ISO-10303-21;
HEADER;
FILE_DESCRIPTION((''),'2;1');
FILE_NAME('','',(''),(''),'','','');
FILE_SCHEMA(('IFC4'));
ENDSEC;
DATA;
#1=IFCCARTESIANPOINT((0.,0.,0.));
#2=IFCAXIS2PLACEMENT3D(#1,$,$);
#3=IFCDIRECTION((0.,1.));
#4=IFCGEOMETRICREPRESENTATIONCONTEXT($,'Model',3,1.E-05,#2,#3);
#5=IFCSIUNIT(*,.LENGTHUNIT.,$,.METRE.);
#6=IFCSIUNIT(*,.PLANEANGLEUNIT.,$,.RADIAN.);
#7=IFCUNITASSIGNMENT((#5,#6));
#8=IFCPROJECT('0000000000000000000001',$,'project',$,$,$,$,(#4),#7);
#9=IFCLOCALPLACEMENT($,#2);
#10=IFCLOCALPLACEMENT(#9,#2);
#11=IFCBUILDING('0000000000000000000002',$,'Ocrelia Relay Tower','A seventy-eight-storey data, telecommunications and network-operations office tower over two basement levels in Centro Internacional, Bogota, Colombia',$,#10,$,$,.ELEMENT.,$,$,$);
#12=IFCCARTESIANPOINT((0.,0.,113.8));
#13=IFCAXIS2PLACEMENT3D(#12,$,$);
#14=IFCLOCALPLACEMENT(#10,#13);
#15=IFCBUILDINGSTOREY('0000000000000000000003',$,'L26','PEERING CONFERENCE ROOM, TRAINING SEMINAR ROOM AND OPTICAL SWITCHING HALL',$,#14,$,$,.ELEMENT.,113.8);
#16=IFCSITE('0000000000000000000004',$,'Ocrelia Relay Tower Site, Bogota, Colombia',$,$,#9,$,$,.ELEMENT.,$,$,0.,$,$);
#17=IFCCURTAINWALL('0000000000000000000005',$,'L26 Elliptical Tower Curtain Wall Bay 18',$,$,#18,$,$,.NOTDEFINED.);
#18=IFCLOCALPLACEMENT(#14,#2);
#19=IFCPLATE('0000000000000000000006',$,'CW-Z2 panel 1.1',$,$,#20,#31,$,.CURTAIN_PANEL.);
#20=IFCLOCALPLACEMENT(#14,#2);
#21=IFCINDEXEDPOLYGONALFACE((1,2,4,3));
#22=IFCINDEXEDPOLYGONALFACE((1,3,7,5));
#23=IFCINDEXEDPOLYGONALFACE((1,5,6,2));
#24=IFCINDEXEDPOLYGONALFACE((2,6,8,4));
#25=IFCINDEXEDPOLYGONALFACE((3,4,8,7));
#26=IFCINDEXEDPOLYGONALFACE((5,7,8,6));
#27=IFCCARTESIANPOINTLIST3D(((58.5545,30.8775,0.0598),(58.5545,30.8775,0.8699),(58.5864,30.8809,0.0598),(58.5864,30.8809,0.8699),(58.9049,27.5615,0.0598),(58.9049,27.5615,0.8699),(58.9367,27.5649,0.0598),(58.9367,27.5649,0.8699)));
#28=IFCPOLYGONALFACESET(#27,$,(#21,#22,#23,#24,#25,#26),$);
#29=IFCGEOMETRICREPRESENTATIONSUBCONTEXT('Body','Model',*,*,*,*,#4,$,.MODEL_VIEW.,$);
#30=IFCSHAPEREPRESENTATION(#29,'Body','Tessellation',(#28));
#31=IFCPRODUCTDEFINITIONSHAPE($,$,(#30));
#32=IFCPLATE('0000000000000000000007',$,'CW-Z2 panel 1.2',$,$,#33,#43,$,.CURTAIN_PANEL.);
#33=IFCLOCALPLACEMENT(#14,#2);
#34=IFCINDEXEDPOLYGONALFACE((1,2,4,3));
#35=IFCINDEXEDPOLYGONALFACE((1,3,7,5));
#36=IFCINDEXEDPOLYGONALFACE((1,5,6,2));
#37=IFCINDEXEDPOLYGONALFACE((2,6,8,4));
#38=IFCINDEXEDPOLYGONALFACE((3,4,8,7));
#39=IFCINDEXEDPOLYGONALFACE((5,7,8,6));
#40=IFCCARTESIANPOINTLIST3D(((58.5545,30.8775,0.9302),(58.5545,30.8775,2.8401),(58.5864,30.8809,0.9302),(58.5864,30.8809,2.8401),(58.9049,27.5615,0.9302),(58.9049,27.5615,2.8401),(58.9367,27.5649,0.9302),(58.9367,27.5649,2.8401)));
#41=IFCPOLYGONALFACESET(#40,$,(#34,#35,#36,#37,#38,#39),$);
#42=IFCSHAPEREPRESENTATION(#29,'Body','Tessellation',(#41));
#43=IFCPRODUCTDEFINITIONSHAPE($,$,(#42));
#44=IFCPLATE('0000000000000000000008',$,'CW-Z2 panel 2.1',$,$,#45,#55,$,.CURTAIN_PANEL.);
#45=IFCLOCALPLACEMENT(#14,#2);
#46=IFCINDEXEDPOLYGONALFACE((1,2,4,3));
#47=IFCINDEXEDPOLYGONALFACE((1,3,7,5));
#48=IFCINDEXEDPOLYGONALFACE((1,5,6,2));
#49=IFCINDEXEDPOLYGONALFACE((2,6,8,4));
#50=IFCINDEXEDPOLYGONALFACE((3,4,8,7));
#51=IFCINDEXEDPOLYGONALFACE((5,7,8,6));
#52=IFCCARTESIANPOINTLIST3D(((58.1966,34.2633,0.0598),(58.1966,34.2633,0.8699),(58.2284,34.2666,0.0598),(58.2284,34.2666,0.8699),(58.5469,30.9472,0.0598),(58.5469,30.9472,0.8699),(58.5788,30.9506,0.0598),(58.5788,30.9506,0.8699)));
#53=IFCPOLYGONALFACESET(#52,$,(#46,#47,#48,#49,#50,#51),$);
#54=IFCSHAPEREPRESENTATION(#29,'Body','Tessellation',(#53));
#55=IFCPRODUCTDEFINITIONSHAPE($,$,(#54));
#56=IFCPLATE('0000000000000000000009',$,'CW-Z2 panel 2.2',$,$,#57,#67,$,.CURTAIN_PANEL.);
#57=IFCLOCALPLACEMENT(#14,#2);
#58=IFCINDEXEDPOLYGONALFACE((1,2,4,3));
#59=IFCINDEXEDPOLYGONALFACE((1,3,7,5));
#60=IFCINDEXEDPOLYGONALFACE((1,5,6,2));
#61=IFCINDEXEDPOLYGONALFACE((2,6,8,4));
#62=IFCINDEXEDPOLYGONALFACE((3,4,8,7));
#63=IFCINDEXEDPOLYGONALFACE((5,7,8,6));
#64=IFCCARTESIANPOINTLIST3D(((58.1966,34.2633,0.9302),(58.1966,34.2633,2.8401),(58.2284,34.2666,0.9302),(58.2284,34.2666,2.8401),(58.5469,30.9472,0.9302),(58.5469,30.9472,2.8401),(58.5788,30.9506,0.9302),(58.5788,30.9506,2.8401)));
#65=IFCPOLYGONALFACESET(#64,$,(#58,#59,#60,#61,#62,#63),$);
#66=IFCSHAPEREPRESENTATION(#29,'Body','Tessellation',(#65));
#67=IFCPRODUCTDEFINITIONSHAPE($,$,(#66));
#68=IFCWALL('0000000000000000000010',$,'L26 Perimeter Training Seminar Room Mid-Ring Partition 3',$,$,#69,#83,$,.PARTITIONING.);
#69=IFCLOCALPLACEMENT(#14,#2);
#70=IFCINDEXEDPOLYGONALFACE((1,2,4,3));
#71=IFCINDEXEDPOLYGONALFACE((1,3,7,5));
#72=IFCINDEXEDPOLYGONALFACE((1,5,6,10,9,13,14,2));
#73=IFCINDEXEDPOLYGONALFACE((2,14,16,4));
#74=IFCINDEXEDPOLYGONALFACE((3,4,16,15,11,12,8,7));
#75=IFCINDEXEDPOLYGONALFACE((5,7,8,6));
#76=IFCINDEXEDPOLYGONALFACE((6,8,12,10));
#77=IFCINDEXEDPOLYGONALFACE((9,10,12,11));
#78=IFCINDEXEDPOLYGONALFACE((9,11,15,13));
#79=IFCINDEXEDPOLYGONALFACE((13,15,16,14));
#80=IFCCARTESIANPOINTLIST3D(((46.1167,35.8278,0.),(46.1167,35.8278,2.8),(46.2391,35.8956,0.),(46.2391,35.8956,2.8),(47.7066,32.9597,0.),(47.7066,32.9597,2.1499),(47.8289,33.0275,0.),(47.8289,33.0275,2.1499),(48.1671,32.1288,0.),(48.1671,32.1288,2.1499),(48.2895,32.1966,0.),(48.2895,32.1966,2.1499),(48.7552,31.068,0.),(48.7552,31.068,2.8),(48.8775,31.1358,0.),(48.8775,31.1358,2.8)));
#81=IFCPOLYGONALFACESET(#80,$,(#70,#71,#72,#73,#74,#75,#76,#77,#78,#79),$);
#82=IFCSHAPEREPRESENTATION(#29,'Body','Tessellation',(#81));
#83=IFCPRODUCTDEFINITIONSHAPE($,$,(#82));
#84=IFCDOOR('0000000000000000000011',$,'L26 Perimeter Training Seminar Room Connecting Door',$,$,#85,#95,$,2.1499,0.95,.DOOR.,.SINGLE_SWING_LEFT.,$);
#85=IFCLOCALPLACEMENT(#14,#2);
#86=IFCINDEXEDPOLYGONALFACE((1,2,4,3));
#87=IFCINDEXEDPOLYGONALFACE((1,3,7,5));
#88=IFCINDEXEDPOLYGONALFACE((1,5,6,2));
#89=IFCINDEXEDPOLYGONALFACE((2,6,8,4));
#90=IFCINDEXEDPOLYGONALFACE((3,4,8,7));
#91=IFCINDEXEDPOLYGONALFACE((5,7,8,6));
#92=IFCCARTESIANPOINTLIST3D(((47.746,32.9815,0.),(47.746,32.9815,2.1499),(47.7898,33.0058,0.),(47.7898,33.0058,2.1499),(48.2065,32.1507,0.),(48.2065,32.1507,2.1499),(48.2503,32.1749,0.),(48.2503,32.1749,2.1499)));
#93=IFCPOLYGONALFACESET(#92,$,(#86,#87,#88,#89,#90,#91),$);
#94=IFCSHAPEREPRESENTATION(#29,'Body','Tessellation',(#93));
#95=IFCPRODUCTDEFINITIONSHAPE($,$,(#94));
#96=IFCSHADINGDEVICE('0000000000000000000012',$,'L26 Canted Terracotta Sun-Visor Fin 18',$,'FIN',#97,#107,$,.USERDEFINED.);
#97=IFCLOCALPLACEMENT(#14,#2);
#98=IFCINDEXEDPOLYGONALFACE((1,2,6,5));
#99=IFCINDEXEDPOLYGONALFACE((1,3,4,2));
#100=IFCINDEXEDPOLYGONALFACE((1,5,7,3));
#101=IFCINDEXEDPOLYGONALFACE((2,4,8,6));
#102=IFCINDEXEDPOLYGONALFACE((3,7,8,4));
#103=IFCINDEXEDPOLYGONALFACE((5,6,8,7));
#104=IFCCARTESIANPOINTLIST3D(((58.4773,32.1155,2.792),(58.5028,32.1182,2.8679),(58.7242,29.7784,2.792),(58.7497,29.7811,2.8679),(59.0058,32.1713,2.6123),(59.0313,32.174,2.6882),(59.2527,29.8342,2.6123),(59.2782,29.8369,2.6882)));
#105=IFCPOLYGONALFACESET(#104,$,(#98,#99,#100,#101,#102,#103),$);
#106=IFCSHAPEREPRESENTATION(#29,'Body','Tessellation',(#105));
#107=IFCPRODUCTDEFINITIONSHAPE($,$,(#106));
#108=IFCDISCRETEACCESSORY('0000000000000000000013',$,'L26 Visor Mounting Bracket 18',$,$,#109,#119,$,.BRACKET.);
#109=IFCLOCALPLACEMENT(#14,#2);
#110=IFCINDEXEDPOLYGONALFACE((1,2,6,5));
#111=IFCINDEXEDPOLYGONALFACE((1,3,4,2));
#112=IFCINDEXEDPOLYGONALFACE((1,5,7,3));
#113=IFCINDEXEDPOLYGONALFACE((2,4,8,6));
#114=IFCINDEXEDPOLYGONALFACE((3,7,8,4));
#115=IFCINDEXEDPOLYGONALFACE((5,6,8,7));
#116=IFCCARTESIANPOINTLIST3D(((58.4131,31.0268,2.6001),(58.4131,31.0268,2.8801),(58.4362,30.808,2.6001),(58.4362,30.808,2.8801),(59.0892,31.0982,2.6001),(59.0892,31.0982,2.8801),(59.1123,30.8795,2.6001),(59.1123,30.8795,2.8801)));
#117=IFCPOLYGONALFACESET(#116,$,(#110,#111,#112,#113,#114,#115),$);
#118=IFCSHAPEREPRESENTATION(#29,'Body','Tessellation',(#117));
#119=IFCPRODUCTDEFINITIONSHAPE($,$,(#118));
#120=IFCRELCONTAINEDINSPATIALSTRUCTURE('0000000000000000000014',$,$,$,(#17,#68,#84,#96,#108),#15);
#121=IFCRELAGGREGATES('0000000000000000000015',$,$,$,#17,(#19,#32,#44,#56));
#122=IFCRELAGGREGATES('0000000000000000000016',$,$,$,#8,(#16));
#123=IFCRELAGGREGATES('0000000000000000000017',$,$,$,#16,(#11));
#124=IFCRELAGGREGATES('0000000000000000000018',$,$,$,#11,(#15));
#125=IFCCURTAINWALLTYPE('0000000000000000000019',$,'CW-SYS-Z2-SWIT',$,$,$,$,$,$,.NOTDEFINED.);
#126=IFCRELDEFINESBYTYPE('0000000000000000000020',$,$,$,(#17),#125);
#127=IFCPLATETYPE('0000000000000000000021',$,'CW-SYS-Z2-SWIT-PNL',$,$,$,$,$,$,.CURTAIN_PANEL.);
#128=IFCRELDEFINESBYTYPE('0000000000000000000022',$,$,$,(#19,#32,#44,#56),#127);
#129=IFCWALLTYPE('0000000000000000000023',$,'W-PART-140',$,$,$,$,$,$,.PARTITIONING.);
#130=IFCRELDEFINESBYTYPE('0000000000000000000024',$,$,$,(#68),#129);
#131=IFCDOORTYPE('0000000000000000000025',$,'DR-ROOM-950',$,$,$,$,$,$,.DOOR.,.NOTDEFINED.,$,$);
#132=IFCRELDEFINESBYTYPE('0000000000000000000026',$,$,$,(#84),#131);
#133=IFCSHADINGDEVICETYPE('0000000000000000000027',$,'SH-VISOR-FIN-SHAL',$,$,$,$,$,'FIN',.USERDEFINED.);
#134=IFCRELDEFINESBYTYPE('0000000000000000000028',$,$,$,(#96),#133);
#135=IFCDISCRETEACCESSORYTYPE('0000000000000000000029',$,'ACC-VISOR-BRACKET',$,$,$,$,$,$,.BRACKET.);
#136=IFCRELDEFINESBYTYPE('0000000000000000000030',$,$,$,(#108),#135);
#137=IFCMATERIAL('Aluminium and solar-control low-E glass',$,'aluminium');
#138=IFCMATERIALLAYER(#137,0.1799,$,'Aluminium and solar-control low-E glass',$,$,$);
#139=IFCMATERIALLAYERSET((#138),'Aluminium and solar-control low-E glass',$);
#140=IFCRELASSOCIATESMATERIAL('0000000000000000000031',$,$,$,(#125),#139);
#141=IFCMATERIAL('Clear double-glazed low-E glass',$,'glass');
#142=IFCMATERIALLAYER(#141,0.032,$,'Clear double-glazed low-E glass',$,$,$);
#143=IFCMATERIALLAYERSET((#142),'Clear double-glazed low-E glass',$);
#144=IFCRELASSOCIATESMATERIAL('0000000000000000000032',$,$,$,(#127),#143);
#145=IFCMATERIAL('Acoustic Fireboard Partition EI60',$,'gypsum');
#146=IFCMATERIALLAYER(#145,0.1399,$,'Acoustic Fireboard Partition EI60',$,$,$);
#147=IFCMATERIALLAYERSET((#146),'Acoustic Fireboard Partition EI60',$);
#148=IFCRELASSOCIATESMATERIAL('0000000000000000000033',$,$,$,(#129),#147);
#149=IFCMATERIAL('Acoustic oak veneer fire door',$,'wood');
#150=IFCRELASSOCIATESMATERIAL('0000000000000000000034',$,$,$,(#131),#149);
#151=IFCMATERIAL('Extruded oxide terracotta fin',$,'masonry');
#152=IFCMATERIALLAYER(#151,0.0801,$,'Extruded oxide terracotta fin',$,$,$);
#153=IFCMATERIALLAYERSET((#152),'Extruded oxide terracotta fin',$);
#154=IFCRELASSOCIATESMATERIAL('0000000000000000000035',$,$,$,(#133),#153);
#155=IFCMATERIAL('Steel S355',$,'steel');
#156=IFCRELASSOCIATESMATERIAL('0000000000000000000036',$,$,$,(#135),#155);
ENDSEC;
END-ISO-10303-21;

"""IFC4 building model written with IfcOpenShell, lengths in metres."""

from ifc_helpers import new_model, si_unit, direction, frame, frame_2d, origin, origin_2d, place, context, subcontext, project, spatial, rectangle, extrude, material, layer, layer_set, type_object, element, fill, aggregate, save


model = new_model("IFC4")

# Units and contexts
model_context = context("Model", 3, precision=1e-05, world=origin(), true_north=direction((0.0, 1.0)))
body_context = subcontext(model_context, "Body", "Model", "MODEL_VIEW")
ifc_project = project(units=[si_unit("LENGTHUNIT", "METRE"), si_unit("PLANEANGLEUNIT", "RADIAN")], contexts=[model_context])

# Site, building, storey
site_placement = place(None, origin())
site = spatial("IfcSite", under=ifc_project, at=site_placement, Name="Ocrelia Relay Tower Site, Bogota, Colombia", CompositionType="ELEMENT", RefElevation=0.0)
building_placement = place(site_placement, origin())
building = spatial("IfcBuilding", under=site, at=building_placement, Name="Ocrelia Relay Tower", Description="A seventy-eight-storey data, telecommunications and network-operations office tower over two basement levels in Centro Internacional, Bogota, Colombia", CompositionType="ELEMENT")
storey_placement = place(building_placement, frame((0.0, 0.0, 113.8)))
storey = spatial("IfcBuildingStorey", under=building, at=storey_placement, Name="L26", Description="PEERING CONFERENCE ROOM, TRAINING SEMINAR ROOM AND OPTICAL SWITCHING HALL", CompositionType="ELEMENT", Elevation=113.8)

# Shared definitions
ifc_material_1 = material(Name="Steel S355", Category="steel")

# Shared definitions
ifc_material_2 = material(Name="Aluminium and solar-control low-E glass", Category="aluminium")
ifc_layer_1 = layer(ifc_material_2, 0.1799, Name="Aluminium and solar-control low-E glass")
ifc_layer_set_1 = layer_set([ifc_layer_1], Name="Aluminium and solar-control low-E glass")
curtain_wall_type = type_object("IfcCurtainWallType", Name="CW-SYS-Z2-SWIT", PredefinedType="NOTDEFINED", material=ifc_layer_set_1)

# Curtain wall
curtain_wall_1_placement = place(storey_placement, origin())
curtain_wall_1 = element("IfcCurtainWall", 1, at=curtain_wall_1_placement, inside=storey, type_object=curtain_wall_type, Name="L26 Elliptical Tower Curtain Wall Bay 18", PredefinedType="NOTDEFINED")

# Plates
ifc_material_3 = material(Name="Clear double-glazed low-E glass", Category="glass")
ifc_layer_2 = layer(ifc_material_3, 0.032, Name="Clear double-glazed low-E glass")
ifc_layer_set_2 = layer_set([ifc_layer_2], Name="Clear double-glazed low-E glass")
plate_type = type_object("IfcPlateType", Name="CW-SYS-Z2-SWIT-PNL", PredefinedType="CURTAIN_PANEL", material=ifc_layer_set_2)
plate_1_placement = place(storey_placement, frame((58.7456, 29.2212, 0.0598), z_axis=(0.0, 0.0, 1.0), x_axis=(-0.105058, 0.994466, 0.0)))
plate_1 = element("IfcPlate", 2, at=plate_1_placement, type_object=plate_type, Name="CW-Z2 panel 1.1", PredefinedType="CURTAIN_PANEL", context=body_context, shape_type="SweptSolid", body=[
    extrude(rectangle(XDim=3.3345, YDim=0.032, at=origin_2d()), origin(), (0.0, 0.0, 1.0), 0.8101),
])
plate_2_placement = place(storey_placement, frame((58.7456, 29.2212, 0.9302), z_axis=(0.0, 0.0, 1.0), x_axis=(-0.105058, 0.994466, 0.0)))
plate_2 = element("IfcPlate", 3, at=plate_2_placement, type_object=plate_type, Name="CW-Z2 panel 1.2", PredefinedType="CURTAIN_PANEL", context=body_context, shape_type="SweptSolid", body=[
    extrude(rectangle(XDim=3.3345, YDim=0.032, at=origin_2d()), origin(), (0.0, 0.0, 1.0), 1.9099),
])
plate_3_placement = place(storey_placement, frame((58.3877, 32.6069, 0.0598), z_axis=(0.0, 0.0, 1.0), x_axis=(-0.105058, 0.994466, 0.0)))
plate_3 = element("IfcPlate", 4, at=plate_3_placement, type_object=plate_type, Name="CW-Z2 panel 2.1", PredefinedType="CURTAIN_PANEL", context=body_context, shape_type="SweptSolid", body=[
    extrude(rectangle(XDim=3.3345, YDim=0.032, at=origin_2d()), origin(), (0.0, 0.0, 1.0), 0.8101),
])
plate_4_placement = place(storey_placement, frame((58.3877, 32.6069, 0.9302), z_axis=(0.0, 0.0, 1.0), x_axis=(-0.105058, 0.994466, 0.0)))
plate_4 = element("IfcPlate", 5, at=plate_4_placement, type_object=plate_type, Name="CW-Z2 panel 2.2", PredefinedType="CURTAIN_PANEL", context=body_context, shape_type="SweptSolid", body=[
    extrude(rectangle(XDim=3.3345, YDim=0.032, at=origin_2d()), origin(), (0.0, 0.0, 1.0), 1.9099),
])
aggregate(curtain_wall_1, [plate_1, plate_2, plate_3, plate_4])

# Wall, opening, door
ifc_material_4 = material(Name="Acoustic Fireboard Partition EI60", Category="gypsum")
ifc_layer_3 = layer(ifc_material_4, 0.1399, Name="Acoustic Fireboard Partition EI60")
ifc_layer_set_3 = layer_set([ifc_layer_3], Name="Acoustic Fireboard Partition EI60")
wall_type = type_object("IfcWallType", Name="W-PART-140", PredefinedType="PARTITIONING", material=ifc_layer_set_3)
wall_placement = place(storey_placement, frame((48.8164, 31.1018, 0.0), z_axis=(0.0, 0.0, 1.0), x_axis=(-0.484816, 0.874616, 0.0)))
wall = element("IfcWall", 6, at=wall_placement, inside=storey, type_object=wall_type, Name="L26 Perimeter Training Seminar Room Mid-Ring Partition 3", PredefinedType="PARTITIONING", context=body_context, shape_type="SweptSolid", body=[
    extrude(rectangle(XDim=5.4421, YDim=0.1399, at=frame_2d((2.7212, 0.0))), origin(), (0.0, 0.0, 1.0), 2.8),
])
opening_placement = place(wall_placement, frame((1.2129, 0.0, 0.0)))
opening = element("IfcOpeningElement", 7, at=opening_placement, cuts=wall, PredefinedType="OPENING", context=body_context, shape_type="SweptSolid", body=[
    extrude(rectangle(XDim=0.95, YDim=2.1499, at=frame_2d((0.4751, 1.075))), frame((0.0, 0.0801, 0.0), z_axis=(0.0, -1.0, 0.0), x_axis=(1.0, 0.0, 0.0)), (0.0, 0.0, 1.0), 0.1599),
])
ifc_material_5 = material(Name="Acoustic oak veneer fire door", Category="wood")
door_type = type_object("IfcDoorType", Name="DR-ROOM-950", OperationType="NOTDEFINED", PredefinedType="DOOR", material=ifc_material_5)
door_placement = place(opening_placement, origin())
door = element("IfcDoor", 8, at=door_placement, inside=storey, type_object=door_type, Name="L26 Perimeter Training Seminar Room Connecting Door", OperationType="SINGLE_SWING_LEFT", OverallHeight=2.1499, OverallWidth=0.95, PredefinedType="DOOR", context=body_context, shape_type="SweptSolid", body=[
    extrude(rectangle(XDim=0.95, YDim=2.1499, at=frame_2d((0.4751, 1.075))), frame((0.0, 0.0249, 0.0), z_axis=(0.0, -1.0, 0.0), x_axis=(1.0, 0.0, 0.0)), (0.0, 0.0, 1.0), 0.05),
])
fill(opening, door)

# Shading device
ifc_material_6 = material(Name="Extruded oxide terracotta fin", Category="masonry")
ifc_layer_4 = layer(ifc_material_6, 0.0801, Name="Extruded oxide terracotta fin")
ifc_layer_set_4 = layer_set([ifc_layer_4], Name="Extruded oxide terracotta fin")
shading_device_type = type_object("IfcShadingDeviceType", Name="SH-VISOR-FIN-SHAL", ElementType="FIN", PredefinedType="USERDEFINED", material=ifc_layer_set_4)
shading_device_placement = place(storey_placement, frame((58.865, 30.9749, 2.7021), z_axis=(0.31851, 0.033648, 0.947322), x_axis=(-0.105058, 0.994466, 0.0)))
element("IfcShadingDevice", 9, at=shading_device_placement, inside=storey, type_object=shading_device_type, Name="L26 Canted Terracotta Sun-Visor Fin 18", ObjectType="FIN", PredefinedType="USERDEFINED", context=body_context, shape_type="SweptSolid", body=[
    extrude(rectangle(XDim=2.3501, YDim=0.561, at=origin_2d()), origin(), (0.0, 0.0, 1.0), 0.0801),
])

# Discrete accessory
discrete_accessory_type = type_object("IfcDiscreteAccessoryType", Name="ACC-VISOR-BRACKET", PredefinedType="BRACKET", material=ifc_material_1)
discrete_accessory_placement = place(storey_placement, frame((58.7627, 30.9531, 2.6001), z_axis=(0.0, 0.0, 1.0), x_axis=(-0.105058, 0.994466, 0.0)))
element("IfcDiscreteAccessory", 10, at=discrete_accessory_placement, inside=storey, type_object=discrete_accessory_type, Name="L26 Visor Mounting Bracket 18", PredefinedType="BRACKET", context=body_context, shape_type="SweptSolid", body=[
    extrude(rectangle(XDim=0.22, YDim=0.6799, at=origin_2d()), origin(), (0.0, 0.0, 1.0), 0.28),
])

save(model, "model.ifc")
